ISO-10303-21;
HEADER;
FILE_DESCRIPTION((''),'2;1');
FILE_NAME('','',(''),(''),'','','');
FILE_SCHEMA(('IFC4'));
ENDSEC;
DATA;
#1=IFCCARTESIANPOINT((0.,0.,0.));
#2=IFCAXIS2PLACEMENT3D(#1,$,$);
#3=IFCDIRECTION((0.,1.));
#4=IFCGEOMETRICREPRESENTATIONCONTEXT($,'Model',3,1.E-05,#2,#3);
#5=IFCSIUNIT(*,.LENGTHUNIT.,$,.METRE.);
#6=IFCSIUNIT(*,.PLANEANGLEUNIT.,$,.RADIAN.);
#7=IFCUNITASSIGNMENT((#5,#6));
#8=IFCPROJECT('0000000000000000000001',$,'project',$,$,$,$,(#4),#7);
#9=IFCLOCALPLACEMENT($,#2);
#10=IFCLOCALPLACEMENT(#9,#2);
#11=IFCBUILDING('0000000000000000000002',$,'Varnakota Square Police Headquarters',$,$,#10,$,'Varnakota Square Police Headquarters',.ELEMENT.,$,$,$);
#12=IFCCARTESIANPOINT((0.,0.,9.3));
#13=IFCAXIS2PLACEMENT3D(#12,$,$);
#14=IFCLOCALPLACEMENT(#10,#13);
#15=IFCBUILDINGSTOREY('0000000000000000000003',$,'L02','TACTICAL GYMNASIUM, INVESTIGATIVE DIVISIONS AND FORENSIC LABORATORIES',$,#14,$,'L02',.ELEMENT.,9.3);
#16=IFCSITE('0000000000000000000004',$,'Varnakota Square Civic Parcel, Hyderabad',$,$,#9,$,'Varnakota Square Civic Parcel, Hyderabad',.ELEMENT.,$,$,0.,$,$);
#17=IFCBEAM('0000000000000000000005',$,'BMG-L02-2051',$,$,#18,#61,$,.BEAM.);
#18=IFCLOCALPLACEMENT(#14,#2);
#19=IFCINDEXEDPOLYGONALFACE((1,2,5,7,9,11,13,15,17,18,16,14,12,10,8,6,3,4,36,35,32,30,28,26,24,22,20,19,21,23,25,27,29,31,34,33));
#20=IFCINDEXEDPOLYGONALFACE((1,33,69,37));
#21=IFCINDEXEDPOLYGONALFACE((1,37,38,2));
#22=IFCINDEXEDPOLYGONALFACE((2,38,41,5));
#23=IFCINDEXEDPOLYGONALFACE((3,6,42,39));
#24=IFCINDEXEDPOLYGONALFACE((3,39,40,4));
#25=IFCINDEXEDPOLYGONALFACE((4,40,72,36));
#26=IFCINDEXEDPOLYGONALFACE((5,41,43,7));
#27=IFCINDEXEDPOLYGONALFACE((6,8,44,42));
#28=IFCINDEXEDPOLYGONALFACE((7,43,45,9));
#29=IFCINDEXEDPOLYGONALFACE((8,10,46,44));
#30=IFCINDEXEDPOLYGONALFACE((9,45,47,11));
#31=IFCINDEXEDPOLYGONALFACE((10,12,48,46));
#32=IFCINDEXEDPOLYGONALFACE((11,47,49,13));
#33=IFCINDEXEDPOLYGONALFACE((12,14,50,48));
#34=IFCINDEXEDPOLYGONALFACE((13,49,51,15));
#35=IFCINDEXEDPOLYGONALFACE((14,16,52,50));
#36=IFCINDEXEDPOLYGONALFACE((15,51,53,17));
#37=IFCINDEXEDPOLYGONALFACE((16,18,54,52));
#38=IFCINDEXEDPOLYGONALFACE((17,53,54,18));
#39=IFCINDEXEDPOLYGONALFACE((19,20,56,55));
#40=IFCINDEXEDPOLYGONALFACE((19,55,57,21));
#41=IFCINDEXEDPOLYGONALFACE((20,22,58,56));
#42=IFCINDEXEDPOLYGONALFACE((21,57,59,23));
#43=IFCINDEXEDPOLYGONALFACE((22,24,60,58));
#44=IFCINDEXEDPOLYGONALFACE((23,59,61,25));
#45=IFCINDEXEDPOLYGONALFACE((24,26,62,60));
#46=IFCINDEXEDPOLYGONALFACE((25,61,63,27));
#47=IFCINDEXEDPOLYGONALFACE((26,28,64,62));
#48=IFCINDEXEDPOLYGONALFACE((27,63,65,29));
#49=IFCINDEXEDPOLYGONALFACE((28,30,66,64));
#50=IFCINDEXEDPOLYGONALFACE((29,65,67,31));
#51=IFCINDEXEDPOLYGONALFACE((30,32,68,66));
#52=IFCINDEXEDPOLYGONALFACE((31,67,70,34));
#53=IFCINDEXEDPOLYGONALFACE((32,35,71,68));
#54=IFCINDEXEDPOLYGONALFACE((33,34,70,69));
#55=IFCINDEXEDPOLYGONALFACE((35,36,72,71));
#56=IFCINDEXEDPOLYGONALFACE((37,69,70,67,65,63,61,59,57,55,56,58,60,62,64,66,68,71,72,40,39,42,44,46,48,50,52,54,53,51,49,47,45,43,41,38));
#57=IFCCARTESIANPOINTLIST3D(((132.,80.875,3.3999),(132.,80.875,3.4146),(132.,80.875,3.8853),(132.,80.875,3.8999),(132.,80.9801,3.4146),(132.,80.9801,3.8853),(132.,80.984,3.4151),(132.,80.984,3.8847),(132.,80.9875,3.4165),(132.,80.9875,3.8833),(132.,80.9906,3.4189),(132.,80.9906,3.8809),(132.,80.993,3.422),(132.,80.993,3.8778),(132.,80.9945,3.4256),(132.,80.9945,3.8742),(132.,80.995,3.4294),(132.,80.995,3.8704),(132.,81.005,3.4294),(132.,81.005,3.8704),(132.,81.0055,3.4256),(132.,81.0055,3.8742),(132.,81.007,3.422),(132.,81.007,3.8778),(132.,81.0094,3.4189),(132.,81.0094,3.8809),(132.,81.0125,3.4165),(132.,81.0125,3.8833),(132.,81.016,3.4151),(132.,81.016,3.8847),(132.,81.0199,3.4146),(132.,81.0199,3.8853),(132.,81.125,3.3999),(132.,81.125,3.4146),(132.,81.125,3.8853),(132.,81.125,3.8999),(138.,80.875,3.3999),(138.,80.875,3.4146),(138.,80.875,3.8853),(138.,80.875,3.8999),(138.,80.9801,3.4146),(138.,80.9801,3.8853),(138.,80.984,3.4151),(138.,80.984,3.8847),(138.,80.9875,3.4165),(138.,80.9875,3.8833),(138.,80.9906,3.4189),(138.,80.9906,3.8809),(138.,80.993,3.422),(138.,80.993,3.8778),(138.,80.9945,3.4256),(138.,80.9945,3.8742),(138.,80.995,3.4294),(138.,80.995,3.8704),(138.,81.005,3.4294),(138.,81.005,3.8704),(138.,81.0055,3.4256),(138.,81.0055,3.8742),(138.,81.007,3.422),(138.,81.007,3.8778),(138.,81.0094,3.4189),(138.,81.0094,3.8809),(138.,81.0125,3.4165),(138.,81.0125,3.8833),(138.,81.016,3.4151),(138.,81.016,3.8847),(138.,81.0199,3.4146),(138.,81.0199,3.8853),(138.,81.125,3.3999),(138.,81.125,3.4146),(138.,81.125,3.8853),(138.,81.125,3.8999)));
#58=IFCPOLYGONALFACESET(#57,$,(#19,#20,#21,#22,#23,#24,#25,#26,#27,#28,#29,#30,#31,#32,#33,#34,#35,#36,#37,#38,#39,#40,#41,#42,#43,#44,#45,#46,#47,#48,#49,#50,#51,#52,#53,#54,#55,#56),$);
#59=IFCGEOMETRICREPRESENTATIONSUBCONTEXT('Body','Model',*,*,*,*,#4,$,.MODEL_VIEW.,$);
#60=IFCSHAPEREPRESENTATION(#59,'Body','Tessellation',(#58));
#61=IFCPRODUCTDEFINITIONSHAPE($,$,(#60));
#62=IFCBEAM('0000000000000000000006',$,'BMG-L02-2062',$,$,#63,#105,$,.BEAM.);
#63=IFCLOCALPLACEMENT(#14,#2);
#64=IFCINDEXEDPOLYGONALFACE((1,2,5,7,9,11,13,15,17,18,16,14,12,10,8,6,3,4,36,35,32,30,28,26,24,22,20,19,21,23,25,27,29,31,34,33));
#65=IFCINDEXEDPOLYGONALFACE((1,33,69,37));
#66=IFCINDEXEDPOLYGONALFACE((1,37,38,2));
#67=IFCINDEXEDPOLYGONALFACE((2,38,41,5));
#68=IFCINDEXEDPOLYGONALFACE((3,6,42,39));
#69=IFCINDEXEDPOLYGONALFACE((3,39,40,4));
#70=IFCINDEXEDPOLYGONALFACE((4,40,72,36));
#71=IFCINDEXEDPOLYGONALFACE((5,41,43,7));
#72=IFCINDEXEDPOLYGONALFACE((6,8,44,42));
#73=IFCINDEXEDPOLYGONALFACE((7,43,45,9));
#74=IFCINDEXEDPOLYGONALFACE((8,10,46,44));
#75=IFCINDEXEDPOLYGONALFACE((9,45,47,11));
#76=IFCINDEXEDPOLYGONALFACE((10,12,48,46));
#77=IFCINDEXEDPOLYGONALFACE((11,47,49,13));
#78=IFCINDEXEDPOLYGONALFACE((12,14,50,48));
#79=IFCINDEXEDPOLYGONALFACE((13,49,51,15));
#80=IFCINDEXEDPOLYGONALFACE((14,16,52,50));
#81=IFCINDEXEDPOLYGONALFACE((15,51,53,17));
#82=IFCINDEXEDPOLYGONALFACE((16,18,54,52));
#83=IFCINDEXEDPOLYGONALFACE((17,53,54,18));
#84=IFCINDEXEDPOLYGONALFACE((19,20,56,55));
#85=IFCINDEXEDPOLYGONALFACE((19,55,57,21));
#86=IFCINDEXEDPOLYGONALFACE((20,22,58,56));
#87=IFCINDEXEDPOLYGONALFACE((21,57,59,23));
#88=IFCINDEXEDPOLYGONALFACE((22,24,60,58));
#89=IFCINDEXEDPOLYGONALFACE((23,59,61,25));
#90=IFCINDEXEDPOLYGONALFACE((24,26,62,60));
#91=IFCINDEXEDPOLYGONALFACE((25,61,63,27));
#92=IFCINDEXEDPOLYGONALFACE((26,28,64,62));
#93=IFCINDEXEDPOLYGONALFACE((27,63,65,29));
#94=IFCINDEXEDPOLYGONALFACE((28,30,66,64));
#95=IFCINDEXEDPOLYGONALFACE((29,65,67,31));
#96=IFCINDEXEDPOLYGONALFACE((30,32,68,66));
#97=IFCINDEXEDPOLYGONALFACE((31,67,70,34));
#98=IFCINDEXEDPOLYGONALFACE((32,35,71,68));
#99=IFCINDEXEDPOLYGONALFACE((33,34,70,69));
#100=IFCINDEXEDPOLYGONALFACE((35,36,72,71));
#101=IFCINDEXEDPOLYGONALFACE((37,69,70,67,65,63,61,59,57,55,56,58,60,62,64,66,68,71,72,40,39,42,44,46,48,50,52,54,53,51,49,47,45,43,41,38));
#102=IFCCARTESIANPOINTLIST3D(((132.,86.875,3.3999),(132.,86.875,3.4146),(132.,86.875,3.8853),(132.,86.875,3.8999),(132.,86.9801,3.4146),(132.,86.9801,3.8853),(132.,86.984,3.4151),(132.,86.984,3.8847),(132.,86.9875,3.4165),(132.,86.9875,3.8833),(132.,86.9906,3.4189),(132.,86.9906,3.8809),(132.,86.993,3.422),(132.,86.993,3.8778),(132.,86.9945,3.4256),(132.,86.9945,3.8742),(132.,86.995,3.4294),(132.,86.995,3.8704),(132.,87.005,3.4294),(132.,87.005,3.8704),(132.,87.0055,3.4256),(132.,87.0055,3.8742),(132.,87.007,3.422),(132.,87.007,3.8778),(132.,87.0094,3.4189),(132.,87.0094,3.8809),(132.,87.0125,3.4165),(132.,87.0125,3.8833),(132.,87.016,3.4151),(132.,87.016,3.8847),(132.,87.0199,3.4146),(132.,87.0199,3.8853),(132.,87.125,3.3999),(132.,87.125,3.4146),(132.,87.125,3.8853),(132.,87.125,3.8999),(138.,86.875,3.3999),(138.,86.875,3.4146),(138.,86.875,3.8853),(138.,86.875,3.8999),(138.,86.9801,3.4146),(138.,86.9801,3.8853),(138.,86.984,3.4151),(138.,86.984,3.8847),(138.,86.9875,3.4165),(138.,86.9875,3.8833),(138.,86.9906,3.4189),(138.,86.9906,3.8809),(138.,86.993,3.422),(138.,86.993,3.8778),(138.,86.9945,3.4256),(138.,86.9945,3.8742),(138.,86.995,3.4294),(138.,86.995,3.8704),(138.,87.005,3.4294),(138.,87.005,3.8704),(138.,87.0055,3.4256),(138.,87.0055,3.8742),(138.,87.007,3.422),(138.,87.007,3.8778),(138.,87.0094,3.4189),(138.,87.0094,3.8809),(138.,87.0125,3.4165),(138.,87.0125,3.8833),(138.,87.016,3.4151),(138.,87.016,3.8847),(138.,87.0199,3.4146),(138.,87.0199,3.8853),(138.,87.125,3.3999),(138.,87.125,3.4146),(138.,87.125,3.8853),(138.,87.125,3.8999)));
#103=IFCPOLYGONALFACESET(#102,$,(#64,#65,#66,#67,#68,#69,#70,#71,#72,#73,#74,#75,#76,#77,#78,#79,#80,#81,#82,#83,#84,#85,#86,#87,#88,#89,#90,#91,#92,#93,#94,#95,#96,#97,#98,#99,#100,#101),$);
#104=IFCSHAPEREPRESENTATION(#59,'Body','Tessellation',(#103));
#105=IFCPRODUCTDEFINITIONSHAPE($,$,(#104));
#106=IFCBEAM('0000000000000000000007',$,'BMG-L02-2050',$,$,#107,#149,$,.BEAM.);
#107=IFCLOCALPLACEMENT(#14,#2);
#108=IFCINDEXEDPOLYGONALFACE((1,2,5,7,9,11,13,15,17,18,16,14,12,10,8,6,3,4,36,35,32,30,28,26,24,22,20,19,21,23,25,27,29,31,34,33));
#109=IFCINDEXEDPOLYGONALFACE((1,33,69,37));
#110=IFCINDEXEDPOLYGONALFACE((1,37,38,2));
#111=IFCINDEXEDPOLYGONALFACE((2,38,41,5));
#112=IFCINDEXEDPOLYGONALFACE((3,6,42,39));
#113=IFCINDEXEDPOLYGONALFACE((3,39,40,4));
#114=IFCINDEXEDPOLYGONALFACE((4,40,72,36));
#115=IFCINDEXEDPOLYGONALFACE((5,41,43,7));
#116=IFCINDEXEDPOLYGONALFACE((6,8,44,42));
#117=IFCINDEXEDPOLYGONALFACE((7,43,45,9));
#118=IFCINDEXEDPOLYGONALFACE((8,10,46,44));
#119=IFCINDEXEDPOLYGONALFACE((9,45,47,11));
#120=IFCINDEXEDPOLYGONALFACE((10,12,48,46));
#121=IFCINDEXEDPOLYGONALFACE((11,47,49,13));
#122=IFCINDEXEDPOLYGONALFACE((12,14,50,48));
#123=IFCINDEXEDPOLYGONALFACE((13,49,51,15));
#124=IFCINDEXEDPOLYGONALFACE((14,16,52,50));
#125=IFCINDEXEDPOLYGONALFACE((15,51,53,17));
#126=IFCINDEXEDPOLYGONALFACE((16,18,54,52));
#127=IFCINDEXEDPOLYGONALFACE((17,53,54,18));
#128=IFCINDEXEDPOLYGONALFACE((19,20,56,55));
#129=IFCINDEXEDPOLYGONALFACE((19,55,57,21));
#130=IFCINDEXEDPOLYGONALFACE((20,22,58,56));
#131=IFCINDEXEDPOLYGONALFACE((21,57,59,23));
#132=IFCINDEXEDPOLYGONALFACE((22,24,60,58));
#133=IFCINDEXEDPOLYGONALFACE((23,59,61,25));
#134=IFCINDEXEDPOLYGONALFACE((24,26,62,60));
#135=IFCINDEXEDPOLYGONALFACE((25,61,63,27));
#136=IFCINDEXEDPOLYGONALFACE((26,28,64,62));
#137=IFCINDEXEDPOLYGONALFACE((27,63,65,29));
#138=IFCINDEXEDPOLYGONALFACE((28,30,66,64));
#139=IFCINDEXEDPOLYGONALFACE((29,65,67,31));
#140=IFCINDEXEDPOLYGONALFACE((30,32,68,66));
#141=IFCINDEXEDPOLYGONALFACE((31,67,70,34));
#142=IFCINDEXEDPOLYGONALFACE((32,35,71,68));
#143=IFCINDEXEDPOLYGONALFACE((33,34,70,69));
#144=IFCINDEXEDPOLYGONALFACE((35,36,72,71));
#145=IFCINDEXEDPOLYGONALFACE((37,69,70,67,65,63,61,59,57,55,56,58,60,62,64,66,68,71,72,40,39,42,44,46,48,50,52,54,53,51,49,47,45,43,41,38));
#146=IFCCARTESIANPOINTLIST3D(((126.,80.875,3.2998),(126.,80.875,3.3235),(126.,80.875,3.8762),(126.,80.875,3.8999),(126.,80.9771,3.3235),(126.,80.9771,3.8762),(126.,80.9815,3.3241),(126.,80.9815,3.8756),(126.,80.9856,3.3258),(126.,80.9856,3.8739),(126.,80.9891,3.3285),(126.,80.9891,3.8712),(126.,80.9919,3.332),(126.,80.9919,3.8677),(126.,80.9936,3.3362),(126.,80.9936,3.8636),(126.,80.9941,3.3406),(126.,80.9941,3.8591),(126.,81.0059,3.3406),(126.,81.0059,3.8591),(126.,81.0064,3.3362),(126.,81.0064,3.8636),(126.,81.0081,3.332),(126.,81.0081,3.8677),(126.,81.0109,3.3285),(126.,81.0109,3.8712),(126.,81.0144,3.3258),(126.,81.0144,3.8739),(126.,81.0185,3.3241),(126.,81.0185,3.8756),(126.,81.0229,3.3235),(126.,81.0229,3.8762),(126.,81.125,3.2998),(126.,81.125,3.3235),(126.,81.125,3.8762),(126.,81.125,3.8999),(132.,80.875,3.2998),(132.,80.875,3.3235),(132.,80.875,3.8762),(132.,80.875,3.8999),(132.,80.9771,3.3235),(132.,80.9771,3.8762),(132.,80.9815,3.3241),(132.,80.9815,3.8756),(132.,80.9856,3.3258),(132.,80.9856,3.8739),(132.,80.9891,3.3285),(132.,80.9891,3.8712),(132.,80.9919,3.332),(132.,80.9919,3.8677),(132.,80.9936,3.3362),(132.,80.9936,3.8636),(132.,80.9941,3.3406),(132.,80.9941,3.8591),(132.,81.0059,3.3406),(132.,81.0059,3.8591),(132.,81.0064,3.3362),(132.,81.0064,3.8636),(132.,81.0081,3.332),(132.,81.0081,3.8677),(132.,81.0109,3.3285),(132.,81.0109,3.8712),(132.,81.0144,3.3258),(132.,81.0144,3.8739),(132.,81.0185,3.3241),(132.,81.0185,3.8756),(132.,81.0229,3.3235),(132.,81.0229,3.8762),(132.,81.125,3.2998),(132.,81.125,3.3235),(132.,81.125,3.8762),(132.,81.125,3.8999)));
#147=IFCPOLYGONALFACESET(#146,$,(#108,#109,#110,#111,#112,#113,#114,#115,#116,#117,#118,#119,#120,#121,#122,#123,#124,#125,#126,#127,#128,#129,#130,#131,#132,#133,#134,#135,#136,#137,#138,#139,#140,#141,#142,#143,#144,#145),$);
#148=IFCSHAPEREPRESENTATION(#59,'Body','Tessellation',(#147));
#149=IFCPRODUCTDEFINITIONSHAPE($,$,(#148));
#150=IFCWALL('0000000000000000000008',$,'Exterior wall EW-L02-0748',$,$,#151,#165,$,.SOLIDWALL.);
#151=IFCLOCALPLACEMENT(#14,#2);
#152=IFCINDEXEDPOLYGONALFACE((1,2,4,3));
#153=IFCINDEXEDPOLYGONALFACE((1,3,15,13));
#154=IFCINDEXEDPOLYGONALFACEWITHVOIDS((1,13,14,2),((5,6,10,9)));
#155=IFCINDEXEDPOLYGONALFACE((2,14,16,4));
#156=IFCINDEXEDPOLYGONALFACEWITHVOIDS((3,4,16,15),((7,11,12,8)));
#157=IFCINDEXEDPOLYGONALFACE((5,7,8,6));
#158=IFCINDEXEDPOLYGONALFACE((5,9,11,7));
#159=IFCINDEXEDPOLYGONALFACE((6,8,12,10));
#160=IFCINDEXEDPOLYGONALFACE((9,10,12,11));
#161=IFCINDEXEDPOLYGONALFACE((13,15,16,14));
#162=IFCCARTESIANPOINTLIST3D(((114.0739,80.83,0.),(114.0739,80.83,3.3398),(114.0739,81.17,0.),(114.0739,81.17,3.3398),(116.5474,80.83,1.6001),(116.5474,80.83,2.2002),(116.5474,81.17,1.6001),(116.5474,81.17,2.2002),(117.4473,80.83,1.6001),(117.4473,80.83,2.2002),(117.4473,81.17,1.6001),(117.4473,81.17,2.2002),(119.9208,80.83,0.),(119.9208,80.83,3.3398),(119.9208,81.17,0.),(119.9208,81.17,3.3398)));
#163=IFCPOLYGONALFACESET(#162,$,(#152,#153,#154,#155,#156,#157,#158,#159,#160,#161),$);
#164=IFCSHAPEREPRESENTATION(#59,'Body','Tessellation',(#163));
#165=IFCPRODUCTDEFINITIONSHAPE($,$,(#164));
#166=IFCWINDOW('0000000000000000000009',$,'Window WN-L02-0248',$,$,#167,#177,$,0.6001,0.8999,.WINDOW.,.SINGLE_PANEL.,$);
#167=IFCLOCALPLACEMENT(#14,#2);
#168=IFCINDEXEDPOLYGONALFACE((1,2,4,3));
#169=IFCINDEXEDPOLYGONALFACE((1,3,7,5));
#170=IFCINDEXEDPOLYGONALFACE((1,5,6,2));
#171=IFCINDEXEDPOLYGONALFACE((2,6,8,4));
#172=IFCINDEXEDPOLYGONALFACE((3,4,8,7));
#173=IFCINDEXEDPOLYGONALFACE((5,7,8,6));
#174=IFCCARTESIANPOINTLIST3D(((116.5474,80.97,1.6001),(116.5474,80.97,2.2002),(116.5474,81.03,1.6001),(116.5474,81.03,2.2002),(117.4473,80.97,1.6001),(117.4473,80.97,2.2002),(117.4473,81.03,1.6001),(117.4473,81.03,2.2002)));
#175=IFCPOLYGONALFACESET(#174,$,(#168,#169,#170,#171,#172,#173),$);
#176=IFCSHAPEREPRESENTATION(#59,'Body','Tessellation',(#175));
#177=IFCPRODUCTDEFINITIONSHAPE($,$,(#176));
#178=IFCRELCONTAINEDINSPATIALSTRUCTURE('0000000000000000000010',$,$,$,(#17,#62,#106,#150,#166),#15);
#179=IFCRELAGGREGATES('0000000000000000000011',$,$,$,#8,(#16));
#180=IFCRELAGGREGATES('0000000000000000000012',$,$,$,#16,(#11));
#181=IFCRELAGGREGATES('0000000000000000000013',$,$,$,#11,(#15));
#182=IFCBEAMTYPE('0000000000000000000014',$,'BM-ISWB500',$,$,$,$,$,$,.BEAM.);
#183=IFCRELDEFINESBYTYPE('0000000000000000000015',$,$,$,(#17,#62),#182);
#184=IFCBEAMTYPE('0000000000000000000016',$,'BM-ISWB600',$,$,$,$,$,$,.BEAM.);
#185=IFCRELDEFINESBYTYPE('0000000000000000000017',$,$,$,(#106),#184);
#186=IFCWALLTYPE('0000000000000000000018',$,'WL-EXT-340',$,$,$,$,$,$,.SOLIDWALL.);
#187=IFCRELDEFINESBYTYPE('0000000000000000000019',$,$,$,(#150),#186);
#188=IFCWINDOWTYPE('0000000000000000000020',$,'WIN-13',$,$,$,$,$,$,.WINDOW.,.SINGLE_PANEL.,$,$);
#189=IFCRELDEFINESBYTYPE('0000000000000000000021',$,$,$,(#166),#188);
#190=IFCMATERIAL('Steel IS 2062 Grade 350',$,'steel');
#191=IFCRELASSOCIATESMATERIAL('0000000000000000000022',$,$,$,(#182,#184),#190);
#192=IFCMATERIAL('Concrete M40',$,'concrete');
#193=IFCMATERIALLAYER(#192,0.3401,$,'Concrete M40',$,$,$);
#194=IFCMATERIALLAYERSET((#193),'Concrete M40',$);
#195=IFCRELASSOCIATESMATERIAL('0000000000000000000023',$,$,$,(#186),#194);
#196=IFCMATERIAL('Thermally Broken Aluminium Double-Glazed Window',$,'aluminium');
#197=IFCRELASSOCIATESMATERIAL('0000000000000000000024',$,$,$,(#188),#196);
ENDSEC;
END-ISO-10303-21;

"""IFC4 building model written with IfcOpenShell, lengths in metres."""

from ifc_helpers import new_model, si_unit, direction, frame, frame_2d, origin, origin_2d, place, context, subcontext, project, spatial, rectangle, i_section, extrude, material, layer, layer_set, material_profile, profile_set, type_object, element, fill, save


model = new_model("IFC4")

# Units and contexts
model_context = context("Model", 3, precision=1e-05, world=origin(), true_north=direction((0.0, 1.0)))
body_context = subcontext(model_context, "Body", "Model", "MODEL_VIEW")
ifc_project = project(units=[si_unit("LENGTHUNIT", "METRE"), si_unit("PLANEANGLEUNIT", "RADIAN")], contexts=[model_context])

# Site, building, storey
site_placement = place(None, origin())
site = spatial("IfcSite", under=ifc_project, at=site_placement, Name="Varnakota Square Civic Parcel, Hyderabad", LongName="Varnakota Square Civic Parcel, Hyderabad", CompositionType="ELEMENT", RefElevation=0.0)
building_placement = place(site_placement, origin())
building = spatial("IfcBuilding", under=site, at=building_placement, Name="Varnakota Square Police Headquarters", LongName="Varnakota Square Police Headquarters", CompositionType="ELEMENT")
storey_placement = place(building_placement, frame((0.0, 0.0, 9.3)))
storey = spatial("IfcBuildingStorey", under=building, at=storey_placement, Name="L02", Description="TACTICAL GYMNASIUM, INVESTIGATIVE DIVISIONS AND FORENSIC LABORATORIES", LongName="L02", CompositionType="ELEMENT", Elevation=9.3)

# Shared definitions
ifc_material_1 = material(Name="Steel IS 2062 Grade 350", Category="steel")

# Beams
ifc_material_profile_1 = material_profile(ifc_material_1, i_section(OverallWidth=0.25, OverallDepth=0.5, WebThickness=0.01, FlangeThickness=0.0146, FilletRadius=0.0149, at=origin_2d()), Name="ISWB 500")
ifc_profile_set_1 = profile_set([ifc_material_profile_1], Name="Steel IS 2062 Grade 350")
beam_type_1 = type_object("IfcBeamType", Name="BM-ISWB500", PredefinedType="BEAM", material=ifc_profile_set_1)
for number, where, z_axis, x_axis, name in (
    (1, (132.0, 81.0, 3.6499), (1.0, 0.0, 0.0), (0.0, 1.0, 0.0), "BMG-L02-2051"),
    (2, (132.0, 87.0, 3.6499), (1.0, 0.0, 0.0), (0.0, 1.0, 0.0), "BMG-L02-2062"),
):
    element("IfcBeam", number, at=place(storey_placement, frame(where, z_axis=z_axis, x_axis=x_axis)), inside=storey, type_object=beam_type_1, Name=name, PredefinedType="BEAM", context=body_context, shape_type="SweptSolid", body=[
        extrude(i_section(OverallWidth=0.25, OverallDepth=0.5, WebThickness=0.01, FlangeThickness=0.0146, FilletRadius=0.0149, at=origin_2d()), origin(), (0.0, 0.0, 1.0), 6.0),
    ])
ifc_material_profile_2 = material_profile(ifc_material_1, i_section(OverallWidth=0.25, OverallDepth=0.6001, WebThickness=0.0117, FlangeThickness=0.0237, FilletRadius=0.0171, at=origin_2d()), Name="ISWB 600")
ifc_profile_set_2 = profile_set([ifc_material_profile_2], Name="Steel IS 2062 Grade 350")
beam_type_2 = type_object("IfcBeamType", Name="BM-ISWB600", PredefinedType="BEAM", material=ifc_profile_set_2)
beam_1_placement = place(storey_placement, frame((126.0, 81.0, 3.5999), z_axis=(1.0, 0.0, 0.0), x_axis=(0.0, 1.0, 0.0)))
element("IfcBeam", 3, at=beam_1_placement, inside=storey, type_object=beam_type_2, Name="BMG-L02-2050", PredefinedType="BEAM", context=body_context, shape_type="SweptSolid", body=[
    extrude(i_section(OverallWidth=0.25, OverallDepth=0.6001, WebThickness=0.0117, FlangeThickness=0.0237, FilletRadius=0.0171, at=origin_2d()), origin(), (0.0, 0.0, 1.0), 6.0),
])

# Wall, opening, window
ifc_material_2 = material(Name="Concrete M40", Category="concrete")
ifc_layer = layer(ifc_material_2, 0.3401, Name="Concrete M40")
ifc_layer_set = layer_set([ifc_layer], Name="Concrete M40")
wall_type = type_object("IfcWallType", Name="WL-EXT-340", PredefinedType="SOLIDWALL", material=ifc_layer_set)
wall_1_placement = place(storey_placement, frame((114.074, 81.0, 0.0), z_axis=(0.0, 0.0, 1.0), x_axis=(1.0, 0.0, 0.0)))
wall_1 = element("IfcWall", 4, at=wall_1_placement, inside=storey, type_object=wall_type, Name="Exterior wall EW-L02-0748", PredefinedType="SOLIDWALL", context=body_context, shape_type="SweptSolid", body=[
    extrude(rectangle(XDim=5.8469, YDim=0.3401, at=frame_2d((2.9233, 0.0))), origin(), (0.0, 0.0, 1.0), 3.3398),
])
opening_1_placement = place(wall_1_placement, frame((2.4734, 0.0, 1.6001)))
opening_1 = element("IfcOpeningElement", 5, at=opening_1_placement, cuts=wall_1, PredefinedType="OPENING", context=body_context, shape_type="SweptSolid", body=[
    extrude(rectangle(XDim=0.8999, YDim=0.6001, at=frame_2d((0.45, 0.3))), frame((0.0, 0.1799, 0.0), z_axis=(0.0, -1.0, 0.0), x_axis=(1.0, 0.0, 0.0)), (0.0, 0.0, 1.0), 0.3601),
])
ifc_material_3 = material(Name="Thermally Broken Aluminium Double-Glazed Window", Category="aluminium")
window_type = type_object("IfcWindowType", Name="WIN-13", PartitioningType="SINGLE_PANEL", PredefinedType="WINDOW", material=ifc_material_3)
window_1_placement = place(opening_1_placement, origin())
window_1 = element("IfcWindow", 6, at=window_1_placement, inside=storey, type_object=window_type, Name="Window WN-L02-0248", OverallHeight=0.6001, OverallWidth=0.8999, PartitioningType="SINGLE_PANEL", PredefinedType="WINDOW", context=body_context, shape_type="SweptSolid", body=[
    extrude(rectangle(XDim=0.8999, YDim=0.6001, at=frame_2d((0.45, 0.3))), frame((0.0, 0.03, 0.0), z_axis=(0.0, -1.0, 0.0), x_axis=(1.0, 0.0, 0.0)), (0.0, 0.0, 1.0), 0.0601),
])
fill(opening_1, window_1)

save(model, "model.ifc")
